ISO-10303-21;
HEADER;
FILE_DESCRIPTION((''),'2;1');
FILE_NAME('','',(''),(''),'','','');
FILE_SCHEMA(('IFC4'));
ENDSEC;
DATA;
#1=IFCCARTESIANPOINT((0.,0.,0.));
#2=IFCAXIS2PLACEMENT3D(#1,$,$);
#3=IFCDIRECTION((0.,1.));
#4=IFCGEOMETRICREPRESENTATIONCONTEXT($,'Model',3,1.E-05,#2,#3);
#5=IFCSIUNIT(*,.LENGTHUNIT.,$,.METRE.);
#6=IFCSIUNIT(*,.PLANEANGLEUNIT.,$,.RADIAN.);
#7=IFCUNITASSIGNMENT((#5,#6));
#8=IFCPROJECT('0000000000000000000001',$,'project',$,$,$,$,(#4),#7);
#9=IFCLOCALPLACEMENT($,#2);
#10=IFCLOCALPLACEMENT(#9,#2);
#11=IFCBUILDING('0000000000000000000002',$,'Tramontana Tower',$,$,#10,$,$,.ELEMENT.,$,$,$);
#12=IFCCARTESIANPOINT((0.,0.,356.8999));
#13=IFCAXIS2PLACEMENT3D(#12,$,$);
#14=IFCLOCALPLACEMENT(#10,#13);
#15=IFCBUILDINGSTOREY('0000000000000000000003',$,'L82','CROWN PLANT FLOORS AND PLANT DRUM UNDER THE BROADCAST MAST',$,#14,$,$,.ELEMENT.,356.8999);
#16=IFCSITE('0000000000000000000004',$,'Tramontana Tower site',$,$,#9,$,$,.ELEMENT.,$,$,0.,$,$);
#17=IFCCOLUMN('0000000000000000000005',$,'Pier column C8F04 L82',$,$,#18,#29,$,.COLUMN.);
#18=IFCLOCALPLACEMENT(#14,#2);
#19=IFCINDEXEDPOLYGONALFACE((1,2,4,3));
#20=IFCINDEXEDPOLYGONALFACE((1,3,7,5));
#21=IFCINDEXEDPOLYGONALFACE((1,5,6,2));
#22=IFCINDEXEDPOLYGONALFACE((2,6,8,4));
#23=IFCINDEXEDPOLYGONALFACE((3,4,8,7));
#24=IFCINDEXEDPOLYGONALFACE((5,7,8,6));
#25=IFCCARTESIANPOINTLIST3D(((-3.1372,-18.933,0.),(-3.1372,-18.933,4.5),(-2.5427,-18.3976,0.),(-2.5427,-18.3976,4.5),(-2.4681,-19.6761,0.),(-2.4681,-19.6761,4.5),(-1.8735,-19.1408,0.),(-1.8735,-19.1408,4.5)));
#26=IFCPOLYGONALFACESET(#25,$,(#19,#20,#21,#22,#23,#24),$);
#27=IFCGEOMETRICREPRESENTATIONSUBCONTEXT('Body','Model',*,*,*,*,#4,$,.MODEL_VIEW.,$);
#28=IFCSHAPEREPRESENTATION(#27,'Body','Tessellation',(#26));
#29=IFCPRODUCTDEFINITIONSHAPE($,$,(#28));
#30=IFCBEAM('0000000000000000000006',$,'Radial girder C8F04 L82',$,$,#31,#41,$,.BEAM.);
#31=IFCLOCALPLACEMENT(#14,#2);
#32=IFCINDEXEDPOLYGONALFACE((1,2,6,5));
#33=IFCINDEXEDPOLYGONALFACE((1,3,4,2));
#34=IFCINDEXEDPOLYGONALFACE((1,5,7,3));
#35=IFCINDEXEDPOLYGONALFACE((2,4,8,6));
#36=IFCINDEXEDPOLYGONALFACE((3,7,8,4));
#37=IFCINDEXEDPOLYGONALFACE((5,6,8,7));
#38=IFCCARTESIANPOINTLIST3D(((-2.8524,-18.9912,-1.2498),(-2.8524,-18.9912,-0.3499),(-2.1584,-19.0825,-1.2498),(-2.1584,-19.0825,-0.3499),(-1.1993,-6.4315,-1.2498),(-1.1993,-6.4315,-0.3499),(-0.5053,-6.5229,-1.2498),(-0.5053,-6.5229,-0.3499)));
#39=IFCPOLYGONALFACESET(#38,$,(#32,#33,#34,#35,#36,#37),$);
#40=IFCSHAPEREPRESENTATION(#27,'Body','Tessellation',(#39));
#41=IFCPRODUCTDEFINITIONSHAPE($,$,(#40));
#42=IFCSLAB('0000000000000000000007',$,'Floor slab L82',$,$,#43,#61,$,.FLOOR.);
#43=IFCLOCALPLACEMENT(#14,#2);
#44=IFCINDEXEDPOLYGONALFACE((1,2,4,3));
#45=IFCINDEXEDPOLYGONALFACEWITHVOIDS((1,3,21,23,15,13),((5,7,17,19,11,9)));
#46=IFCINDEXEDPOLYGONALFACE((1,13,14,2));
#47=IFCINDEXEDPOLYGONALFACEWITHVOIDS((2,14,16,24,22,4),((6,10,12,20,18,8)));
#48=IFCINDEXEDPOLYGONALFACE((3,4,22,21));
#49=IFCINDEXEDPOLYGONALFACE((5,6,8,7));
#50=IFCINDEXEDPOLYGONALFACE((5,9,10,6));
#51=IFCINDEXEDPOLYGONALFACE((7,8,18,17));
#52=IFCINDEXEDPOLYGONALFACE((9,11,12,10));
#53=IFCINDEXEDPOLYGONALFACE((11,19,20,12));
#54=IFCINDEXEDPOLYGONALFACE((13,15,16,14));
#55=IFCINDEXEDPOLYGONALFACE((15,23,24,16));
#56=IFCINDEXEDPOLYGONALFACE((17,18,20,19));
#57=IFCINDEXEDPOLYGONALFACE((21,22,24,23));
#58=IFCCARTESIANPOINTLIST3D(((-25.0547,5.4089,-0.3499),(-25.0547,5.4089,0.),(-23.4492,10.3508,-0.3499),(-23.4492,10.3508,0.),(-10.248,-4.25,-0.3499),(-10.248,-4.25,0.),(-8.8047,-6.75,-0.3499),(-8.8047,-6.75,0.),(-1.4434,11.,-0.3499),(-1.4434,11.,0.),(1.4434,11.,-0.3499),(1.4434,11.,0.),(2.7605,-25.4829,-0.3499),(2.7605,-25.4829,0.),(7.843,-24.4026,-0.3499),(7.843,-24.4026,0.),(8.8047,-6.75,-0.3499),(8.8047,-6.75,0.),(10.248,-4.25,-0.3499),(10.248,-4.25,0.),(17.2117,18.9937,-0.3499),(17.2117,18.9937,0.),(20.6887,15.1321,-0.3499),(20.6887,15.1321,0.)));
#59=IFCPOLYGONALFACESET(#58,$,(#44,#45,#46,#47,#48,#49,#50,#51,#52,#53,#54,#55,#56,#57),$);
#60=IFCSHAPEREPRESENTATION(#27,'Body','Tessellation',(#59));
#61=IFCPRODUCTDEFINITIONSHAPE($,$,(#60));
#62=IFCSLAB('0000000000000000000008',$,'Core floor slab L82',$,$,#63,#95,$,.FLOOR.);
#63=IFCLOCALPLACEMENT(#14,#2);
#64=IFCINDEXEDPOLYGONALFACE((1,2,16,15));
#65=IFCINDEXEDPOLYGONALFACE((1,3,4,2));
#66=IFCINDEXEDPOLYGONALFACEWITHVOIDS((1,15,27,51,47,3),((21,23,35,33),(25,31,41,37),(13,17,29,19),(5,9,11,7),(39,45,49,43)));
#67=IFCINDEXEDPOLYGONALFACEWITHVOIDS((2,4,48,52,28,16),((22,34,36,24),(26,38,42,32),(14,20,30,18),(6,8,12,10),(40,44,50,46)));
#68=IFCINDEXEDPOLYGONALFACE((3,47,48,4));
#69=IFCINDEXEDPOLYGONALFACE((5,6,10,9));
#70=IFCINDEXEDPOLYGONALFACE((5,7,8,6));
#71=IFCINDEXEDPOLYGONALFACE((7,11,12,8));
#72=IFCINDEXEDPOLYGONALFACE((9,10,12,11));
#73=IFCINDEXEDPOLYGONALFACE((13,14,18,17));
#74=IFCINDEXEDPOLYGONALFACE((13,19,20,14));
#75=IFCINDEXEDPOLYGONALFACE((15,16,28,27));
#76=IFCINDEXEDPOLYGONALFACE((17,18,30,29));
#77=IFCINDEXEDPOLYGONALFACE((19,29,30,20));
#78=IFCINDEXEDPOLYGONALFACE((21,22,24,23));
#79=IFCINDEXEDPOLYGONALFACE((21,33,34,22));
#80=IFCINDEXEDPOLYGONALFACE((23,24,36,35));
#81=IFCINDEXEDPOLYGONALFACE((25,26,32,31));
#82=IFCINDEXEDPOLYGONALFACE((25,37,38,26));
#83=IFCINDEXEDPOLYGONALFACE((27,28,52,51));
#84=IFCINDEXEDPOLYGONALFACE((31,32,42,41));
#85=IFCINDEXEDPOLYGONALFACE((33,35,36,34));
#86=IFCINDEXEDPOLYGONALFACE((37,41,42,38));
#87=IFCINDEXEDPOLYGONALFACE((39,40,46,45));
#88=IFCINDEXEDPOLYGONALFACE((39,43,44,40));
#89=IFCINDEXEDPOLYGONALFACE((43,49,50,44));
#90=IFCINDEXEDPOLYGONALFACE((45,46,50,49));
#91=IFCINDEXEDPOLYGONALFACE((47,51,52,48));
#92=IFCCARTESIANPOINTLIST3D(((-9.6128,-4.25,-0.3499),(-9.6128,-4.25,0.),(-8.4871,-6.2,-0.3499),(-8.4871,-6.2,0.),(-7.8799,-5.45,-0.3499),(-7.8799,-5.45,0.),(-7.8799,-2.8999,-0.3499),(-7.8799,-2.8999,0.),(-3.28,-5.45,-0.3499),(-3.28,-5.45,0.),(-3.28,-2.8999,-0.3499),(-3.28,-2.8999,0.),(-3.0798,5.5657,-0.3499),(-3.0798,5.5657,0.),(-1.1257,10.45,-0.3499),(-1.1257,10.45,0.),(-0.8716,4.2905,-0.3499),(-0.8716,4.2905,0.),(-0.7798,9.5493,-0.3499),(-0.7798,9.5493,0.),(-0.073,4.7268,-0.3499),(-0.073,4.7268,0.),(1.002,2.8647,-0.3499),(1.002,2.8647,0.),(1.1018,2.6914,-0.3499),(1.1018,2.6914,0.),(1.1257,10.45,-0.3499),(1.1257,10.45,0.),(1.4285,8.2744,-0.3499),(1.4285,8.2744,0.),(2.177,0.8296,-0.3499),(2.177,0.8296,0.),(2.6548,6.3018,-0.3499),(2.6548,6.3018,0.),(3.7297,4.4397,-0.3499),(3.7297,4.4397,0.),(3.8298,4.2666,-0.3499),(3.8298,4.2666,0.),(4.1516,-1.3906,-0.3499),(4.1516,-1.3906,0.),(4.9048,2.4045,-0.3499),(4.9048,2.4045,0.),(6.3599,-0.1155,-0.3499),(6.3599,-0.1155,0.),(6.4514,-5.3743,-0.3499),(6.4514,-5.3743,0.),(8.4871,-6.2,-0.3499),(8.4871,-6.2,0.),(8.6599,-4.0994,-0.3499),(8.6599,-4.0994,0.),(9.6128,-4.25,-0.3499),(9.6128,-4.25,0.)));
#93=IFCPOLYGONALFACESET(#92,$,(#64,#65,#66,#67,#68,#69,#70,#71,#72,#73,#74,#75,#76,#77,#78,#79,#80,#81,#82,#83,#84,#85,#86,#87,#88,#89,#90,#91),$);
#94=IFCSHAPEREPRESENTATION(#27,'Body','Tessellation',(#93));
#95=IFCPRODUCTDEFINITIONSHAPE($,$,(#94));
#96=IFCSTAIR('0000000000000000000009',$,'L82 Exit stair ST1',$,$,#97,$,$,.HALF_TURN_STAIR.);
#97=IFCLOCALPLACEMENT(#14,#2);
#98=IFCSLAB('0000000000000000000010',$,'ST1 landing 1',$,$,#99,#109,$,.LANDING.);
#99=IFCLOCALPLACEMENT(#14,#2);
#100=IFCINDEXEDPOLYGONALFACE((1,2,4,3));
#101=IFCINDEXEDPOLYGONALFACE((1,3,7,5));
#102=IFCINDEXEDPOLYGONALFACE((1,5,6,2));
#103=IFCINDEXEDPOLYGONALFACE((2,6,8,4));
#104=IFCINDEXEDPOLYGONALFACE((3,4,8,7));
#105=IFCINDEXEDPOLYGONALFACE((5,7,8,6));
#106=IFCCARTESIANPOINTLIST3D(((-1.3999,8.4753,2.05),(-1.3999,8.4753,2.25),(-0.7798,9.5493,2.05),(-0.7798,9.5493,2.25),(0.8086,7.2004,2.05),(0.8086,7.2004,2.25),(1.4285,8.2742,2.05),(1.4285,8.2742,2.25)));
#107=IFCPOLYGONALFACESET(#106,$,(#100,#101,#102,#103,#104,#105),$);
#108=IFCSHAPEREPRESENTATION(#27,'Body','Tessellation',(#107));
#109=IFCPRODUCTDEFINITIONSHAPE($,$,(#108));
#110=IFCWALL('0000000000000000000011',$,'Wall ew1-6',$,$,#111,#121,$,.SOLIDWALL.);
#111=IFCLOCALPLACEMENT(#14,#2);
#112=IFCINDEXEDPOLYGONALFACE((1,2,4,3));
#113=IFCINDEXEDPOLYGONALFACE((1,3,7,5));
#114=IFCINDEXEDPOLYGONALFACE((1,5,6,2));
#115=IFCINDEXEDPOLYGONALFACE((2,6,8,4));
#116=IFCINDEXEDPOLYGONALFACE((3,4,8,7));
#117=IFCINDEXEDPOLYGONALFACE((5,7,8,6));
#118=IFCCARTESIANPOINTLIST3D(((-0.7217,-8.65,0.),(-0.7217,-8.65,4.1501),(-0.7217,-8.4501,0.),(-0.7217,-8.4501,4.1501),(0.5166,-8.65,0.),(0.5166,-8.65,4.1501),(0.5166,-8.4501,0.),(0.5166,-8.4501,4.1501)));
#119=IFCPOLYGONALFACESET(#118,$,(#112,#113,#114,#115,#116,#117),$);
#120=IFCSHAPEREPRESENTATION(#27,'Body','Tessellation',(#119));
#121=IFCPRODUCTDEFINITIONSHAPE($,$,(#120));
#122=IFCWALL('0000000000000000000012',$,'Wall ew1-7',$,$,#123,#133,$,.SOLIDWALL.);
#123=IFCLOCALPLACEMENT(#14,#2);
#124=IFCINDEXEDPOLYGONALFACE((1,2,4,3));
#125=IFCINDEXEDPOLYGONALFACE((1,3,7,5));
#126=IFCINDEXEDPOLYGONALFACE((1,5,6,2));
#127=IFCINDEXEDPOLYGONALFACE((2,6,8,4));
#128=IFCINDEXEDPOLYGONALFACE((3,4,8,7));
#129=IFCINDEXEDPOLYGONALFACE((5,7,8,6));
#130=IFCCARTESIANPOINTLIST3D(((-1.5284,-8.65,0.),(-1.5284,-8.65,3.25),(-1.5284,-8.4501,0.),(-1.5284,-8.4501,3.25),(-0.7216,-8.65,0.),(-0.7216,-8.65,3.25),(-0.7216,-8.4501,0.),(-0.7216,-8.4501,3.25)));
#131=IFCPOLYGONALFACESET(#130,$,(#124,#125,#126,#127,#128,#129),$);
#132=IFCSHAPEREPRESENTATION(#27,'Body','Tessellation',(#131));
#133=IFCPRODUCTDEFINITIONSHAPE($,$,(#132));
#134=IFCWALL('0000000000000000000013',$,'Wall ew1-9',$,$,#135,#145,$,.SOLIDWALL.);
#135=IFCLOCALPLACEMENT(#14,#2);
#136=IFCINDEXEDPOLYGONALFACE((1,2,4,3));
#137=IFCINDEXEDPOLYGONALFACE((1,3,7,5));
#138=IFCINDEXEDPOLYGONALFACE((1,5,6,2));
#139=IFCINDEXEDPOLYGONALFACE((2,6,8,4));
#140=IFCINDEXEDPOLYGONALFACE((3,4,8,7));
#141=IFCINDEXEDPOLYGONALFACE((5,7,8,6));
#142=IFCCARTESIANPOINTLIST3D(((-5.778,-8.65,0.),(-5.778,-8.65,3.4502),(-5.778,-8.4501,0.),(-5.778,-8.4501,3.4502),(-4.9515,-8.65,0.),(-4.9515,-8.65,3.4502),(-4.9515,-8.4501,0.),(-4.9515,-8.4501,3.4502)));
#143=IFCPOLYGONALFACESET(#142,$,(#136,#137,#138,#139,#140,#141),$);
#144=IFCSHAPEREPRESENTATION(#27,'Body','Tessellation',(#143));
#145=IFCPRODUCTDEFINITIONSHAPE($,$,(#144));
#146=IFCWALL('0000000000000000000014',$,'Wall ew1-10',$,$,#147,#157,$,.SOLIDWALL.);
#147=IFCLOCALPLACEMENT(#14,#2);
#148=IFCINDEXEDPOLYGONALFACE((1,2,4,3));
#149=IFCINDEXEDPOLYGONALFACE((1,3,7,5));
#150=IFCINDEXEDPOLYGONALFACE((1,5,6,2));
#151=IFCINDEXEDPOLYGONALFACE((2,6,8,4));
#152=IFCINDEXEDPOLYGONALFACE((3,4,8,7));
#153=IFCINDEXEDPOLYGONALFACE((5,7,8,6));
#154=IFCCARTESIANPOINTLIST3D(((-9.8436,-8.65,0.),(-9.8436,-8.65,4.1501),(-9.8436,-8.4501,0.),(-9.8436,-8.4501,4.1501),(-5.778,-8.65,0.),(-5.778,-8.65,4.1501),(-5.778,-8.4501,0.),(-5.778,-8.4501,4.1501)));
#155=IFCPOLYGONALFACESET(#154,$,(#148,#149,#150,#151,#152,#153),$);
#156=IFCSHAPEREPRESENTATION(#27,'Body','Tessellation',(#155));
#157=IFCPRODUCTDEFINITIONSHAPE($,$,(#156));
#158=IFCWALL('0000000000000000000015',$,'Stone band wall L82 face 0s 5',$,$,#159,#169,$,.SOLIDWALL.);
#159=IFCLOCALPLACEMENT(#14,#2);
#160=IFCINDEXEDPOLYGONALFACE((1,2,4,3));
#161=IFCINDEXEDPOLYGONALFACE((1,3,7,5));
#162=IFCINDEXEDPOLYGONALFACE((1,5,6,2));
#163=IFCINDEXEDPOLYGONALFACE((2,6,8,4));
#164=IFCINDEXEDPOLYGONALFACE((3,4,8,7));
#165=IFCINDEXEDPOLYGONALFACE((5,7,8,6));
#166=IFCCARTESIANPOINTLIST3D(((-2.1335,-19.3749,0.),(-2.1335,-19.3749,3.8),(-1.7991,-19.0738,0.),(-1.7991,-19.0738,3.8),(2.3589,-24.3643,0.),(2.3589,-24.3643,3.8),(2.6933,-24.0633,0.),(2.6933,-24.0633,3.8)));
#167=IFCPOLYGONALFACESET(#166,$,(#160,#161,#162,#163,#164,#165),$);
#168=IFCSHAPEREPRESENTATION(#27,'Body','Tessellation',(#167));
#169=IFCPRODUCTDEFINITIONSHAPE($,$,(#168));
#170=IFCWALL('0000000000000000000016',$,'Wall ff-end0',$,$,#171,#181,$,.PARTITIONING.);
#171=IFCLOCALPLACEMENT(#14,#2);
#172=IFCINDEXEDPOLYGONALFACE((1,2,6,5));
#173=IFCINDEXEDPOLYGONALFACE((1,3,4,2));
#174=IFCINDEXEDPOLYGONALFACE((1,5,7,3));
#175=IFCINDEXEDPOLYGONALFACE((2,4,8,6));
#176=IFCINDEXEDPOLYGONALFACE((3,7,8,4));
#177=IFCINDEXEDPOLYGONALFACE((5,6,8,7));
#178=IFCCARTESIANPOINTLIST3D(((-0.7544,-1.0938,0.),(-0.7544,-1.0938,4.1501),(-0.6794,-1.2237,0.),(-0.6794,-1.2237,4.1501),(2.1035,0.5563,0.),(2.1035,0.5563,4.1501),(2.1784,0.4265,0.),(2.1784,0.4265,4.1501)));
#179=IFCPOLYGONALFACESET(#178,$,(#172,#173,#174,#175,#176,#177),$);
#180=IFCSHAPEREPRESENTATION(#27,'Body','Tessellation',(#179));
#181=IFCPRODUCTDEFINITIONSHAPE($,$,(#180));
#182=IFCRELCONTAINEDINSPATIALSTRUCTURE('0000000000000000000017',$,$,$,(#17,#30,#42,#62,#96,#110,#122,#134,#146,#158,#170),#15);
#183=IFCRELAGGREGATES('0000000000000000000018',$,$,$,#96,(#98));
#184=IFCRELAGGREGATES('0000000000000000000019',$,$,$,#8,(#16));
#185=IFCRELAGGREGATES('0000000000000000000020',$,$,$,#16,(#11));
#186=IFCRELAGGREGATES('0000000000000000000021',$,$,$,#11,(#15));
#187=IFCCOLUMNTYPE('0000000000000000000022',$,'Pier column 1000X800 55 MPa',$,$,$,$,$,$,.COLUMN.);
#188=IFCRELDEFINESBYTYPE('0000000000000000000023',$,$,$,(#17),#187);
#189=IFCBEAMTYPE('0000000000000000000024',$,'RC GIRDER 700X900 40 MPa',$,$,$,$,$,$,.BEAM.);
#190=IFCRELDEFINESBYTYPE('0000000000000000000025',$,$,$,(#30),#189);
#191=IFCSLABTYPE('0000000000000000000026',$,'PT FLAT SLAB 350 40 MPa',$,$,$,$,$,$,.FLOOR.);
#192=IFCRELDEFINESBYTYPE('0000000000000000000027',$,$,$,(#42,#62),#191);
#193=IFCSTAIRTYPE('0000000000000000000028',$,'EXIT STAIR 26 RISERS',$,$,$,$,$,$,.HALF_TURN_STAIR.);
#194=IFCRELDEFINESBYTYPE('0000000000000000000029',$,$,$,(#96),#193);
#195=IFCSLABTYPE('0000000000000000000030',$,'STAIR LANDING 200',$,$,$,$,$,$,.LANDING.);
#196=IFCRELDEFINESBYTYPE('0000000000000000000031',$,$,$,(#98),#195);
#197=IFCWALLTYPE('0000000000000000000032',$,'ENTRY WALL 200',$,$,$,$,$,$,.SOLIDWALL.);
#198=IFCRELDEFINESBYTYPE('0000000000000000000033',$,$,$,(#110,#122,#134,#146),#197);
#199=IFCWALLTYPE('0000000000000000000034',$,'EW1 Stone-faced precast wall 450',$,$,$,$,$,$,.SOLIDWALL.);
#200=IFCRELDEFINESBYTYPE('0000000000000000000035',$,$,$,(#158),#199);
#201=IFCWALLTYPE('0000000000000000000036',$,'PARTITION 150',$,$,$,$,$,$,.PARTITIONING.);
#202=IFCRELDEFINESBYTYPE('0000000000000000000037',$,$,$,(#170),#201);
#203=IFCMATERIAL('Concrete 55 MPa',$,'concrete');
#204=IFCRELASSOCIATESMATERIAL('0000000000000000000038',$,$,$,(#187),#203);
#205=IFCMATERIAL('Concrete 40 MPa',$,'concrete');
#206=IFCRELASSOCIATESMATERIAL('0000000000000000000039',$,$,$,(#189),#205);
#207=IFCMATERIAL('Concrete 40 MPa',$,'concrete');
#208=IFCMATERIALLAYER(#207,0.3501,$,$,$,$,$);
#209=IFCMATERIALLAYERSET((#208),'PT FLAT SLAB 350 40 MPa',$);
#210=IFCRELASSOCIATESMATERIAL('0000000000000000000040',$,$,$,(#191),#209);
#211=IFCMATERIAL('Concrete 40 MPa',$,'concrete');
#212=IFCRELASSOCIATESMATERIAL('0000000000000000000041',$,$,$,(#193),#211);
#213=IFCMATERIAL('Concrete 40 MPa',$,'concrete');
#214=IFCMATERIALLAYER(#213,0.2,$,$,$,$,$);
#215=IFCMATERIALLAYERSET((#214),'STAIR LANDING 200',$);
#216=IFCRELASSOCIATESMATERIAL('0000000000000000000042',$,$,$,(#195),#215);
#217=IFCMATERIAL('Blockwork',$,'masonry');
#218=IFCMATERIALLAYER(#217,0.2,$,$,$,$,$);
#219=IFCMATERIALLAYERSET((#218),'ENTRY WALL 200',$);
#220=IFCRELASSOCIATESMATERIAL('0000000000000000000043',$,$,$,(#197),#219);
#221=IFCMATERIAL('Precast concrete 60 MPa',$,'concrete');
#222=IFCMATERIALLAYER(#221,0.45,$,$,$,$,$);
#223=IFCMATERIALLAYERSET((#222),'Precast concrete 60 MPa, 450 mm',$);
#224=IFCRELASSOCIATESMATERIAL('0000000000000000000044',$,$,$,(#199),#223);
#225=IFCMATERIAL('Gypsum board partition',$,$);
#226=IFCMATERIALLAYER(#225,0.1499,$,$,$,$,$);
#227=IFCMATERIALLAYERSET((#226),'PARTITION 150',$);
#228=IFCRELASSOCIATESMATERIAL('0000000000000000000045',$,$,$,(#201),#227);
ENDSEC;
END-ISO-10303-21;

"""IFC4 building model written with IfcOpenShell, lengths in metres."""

from ifc_helpers import new_model, si_unit, direction, frame, frame_2d, origin, origin_2d, place, context, subcontext, project, spatial, polyline, rectangle, outline, extrude, material, layer, layer_set, material_profile, profile_set, type_object, element, aggregate, save


model = new_model("IFC4")

# Units and contexts
model_context = context("Model", 3, precision=1e-05, world=origin(), true_north=direction((0.0, 1.0)))
body_context = subcontext(model_context, "Body", "Model", "MODEL_VIEW")
ifc_project = project(units=[si_unit("LENGTHUNIT", "METRE"), si_unit("PLANEANGLEUNIT", "RADIAN")], contexts=[model_context])

# Site, building, storey
site_placement = place(None, origin())
site = spatial("IfcSite", under=ifc_project, at=site_placement, Name="Tramontana Tower site", CompositionType="ELEMENT", RefElevation=0.0)
building_placement = place(site_placement, origin())
building = spatial("IfcBuilding", under=site, at=building_placement, Name="Tramontana Tower", CompositionType="ELEMENT")
storey_placement = place(building_placement, frame((0.0, 0.0, 356.8999)))
storey = spatial("IfcBuildingStorey", under=building, at=storey_placement, Name="L82", Description="CROWN PLANT FLOORS AND PLANT DRUM UNDER THE BROADCAST MAST", CompositionType="ELEMENT", Elevation=356.8999)

# Column
ifc_material_1 = material(Name="Concrete 55 MPa", Category="concrete")
ifc_material_profile_1 = material_profile(ifc_material_1, rectangle(XDim=1.0, YDim=0.8, at=origin_2d()), Name="Pier column 1000X800 55 MPa")
ifc_profile_set_1 = profile_set([ifc_material_profile_1], Name="Concrete 55 MPa")
column_type = type_object("IfcColumnType", Name="Pier column 1000X800 55 MPa", PredefinedType="COLUMN", material=ifc_profile_set_1)
column_placement = place(storey_placement, frame((-2.5054, -19.0369, 0.0), z_axis=(0.0, 0.0, 1.0), x_axis=(0.669131, -0.743145, 0.0)))
element("IfcColumn", 1, at=column_placement, inside=storey, type_object=column_type, Name="Pier column C8F04 L82", PredefinedType="COLUMN", context=body_context, shape_type="SweptSolid", body=[
    extrude(rectangle(XDim=1.0, YDim=0.8, at=origin_2d()), origin(), (0.0, 0.0, 1.0), 4.5),
])

# Beam
ifc_material_2 = material(Name="Concrete 40 MPa", Category="concrete")
ifc_material_profile_2 = material_profile(ifc_material_2, rectangle(XDim=0.7, YDim=0.8999, at=origin_2d()), Name="RC GIRDER 700X900 40 MPa")
ifc_profile_set_2 = profile_set([ifc_material_profile_2], Name="Concrete 40 MPa")
beam_type = type_object("IfcBeamType", Name="RC GIRDER 700X900 40 MPa", PredefinedType="BEAM", material=ifc_profile_set_2)
beam_placement = place(storey_placement, frame((-2.5054, -19.0369, -0.7998), z_axis=(0.130493, 0.991449, 0.0), x_axis=(-0.991449, 0.130493, 0.0)))
element("IfcBeam", 2, at=beam_placement, inside=storey, type_object=beam_type, Name="Radial girder C8F04 L82", PredefinedType="BEAM", context=body_context, shape_type="SweptSolid", body=[
    extrude(rectangle(XDim=0.7, YDim=0.8999, at=origin_2d()), origin(), (0.0, 0.0, 1.0), 12.668),
])

# Slabs
ifc_material_3 = material(Name="Concrete 40 MPa", Category="concrete")
ifc_layer_1 = layer(ifc_material_3, 0.3501)
ifc_layer_set_1 = layer_set([ifc_layer_1], Name="PT FLAT SLAB 350 40 MPa")
slab_type_1 = type_object("IfcSlabType", Name="PT FLAT SLAB 350 40 MPa", PredefinedType="FLOOR", material=ifc_layer_set_1)
slab_1_placement = place(storey_placement, frame((0.0, 0.0, -0.3499)))
element("IfcSlab", 3, at=slab_1_placement, inside=storey, type_object=slab_type_1, Name="Floor slab L82", PredefinedType="FLOOR", context=body_context, shape_type="SweptSolid", body=[
    extrude(outline(polyline([(20.6887, 15.1321), (7.843, -24.4026), (2.7605, -25.4829), (-25.0547, 5.4089), (-23.4492, 10.3508), (17.2117, 18.9937), (20.6887, 15.1321)]), holes=[polyline([(-10.248, -4.25), (-8.8047, -6.75), (8.8047, -6.75), (10.248, -4.25), (1.4434, 11.0), (-1.4434, 11.0), (-10.248, -4.25)])]), origin(), (0.0, 0.0, 1.0), 0.3499),
])
slab_2_placement = place(storey_placement, frame((0.0, 0.0, -0.3499)))
element("IfcSlab", 4, at=slab_2_placement, inside=storey, type_object=slab_type_1, Name="Core floor slab L82", PredefinedType="FLOOR", context=body_context, shape_type="SweptSolid", body=[
    extrude(outline(polyline([(9.6128, -4.25), (8.4871, -6.2), (-8.4871, -6.2), (-9.6128, -4.25), (-1.1257, 10.45), (1.1257, 10.45), (9.6128, -4.25)]), holes=[polyline([(6.3599, -0.1155), (4.1516, -1.3906), (6.4514, -5.3743), (8.6599, -4.0994), (6.3599, -0.1155)]), polyline([(1.1018, 2.6914), (2.177, 0.8296), (4.9048, 2.4045), (3.8298, 4.2666), (1.1018, 2.6914)]), polyline([(2.6548, 6.3018), (-0.073, 4.7268), (1.002, 2.8647), (3.7297, 4.4397), (2.6548, 6.3018)]), polyline([(-0.7798, 9.5493), (-3.0798, 5.5657), (-0.8716, 4.2905), (1.4285, 8.2744), (-0.7798, 9.5493)]), polyline([(-3.28, -5.45), (-3.28, -2.8999), (-7.8799, -2.8999), (-7.8799, -5.45), (-3.28, -5.45)])]), origin(), (0.0, 0.0, 1.0), 0.3499),
])

# Stair, slab
ifc_material_4 = material(Name="Concrete 40 MPa", Category="concrete")
stair_type = type_object("IfcStairType", Name="EXIT STAIR 26 RISERS", PredefinedType="HALF_TURN_STAIR", material=ifc_material_4)
stair_1_placement = place(storey_placement, origin())
stair_1 = element("IfcStair", 5, at=stair_1_placement, inside=storey, type_object=stair_type, Name="L82 Exit stair ST1", PredefinedType="HALF_TURN_STAIR")
ifc_material_5 = material(Name="Concrete 40 MPa", Category="concrete")
ifc_layer_2 = layer(ifc_material_5, 0.2)
ifc_layer_set_2 = layer_set([ifc_layer_2], Name="STAIR LANDING 200")
slab_type_2 = type_object("IfcSlabType", Name="STAIR LANDING 200", PredefinedType="LANDING", material=ifc_layer_set_2)
slab_3_placement = place(storey_placement, frame((0.0, 0.0, 2.05)))
slab_3 = element("IfcSlab", 6, at=slab_3_placement, type_object=slab_type_2, Name="ST1 landing 1", PredefinedType="LANDING", context=body_context, shape_type="SweptSolid", body=[
    extrude(outline(polyline([(0.8086, 7.2004), (1.4285, 8.2742), (-0.7798, 9.5493), (-1.3999, 8.4753), (0.8086, 7.2004)])), origin(), (0.0, 0.0, 1.0), 0.2),
])
aggregate(stair_1, [slab_3])

# Walls
ifc_material_6 = material(Name="Blockwork", Category="masonry")
ifc_layer_3 = layer(ifc_material_6, 0.2)
ifc_layer_set_3 = layer_set([ifc_layer_3], Name="ENTRY WALL 200")
wall_type_1 = type_object("IfcWallType", Name="ENTRY WALL 200", PredefinedType="SOLIDWALL", material=ifc_layer_set_3)
wall_1_placement = place(storey_placement, frame((0.5166, -8.55, 0.0), z_axis=(0.0, 0.0, 1.0), x_axis=(-1.0, 0.0, 0.0)))
element("IfcWall", 7, at=wall_1_placement, inside=storey, type_object=wall_type_1, Name="Wall ew1-6", PredefinedType="SOLIDWALL", context=body_context, shape_type="SweptSolid", body=[
    extrude(rectangle(XDim=1.2383, YDim=0.2, at=frame_2d((0.6191, 0.0))), origin(), (0.0, 0.0, 1.0), 4.1501),
])
wall_2_placement = place(storey_placement, frame((-0.7217, -8.55, 0.0), z_axis=(0.0, 0.0, 1.0), x_axis=(-1.0, 0.0, 0.0)))
element("IfcWall", 8, at=wall_2_placement, inside=storey, type_object=wall_type_1, Name="Wall ew1-7", PredefinedType="SOLIDWALL", context=body_context, shape_type="SweptSolid", body=[
    extrude(rectangle(XDim=0.8069, YDim=0.2, at=frame_2d((0.4033, 0.0))), origin(), (0.0, 0.0, 1.0), 3.25),
])

# Walls
wall_3_placement = place(storey_placement, frame((-4.9517, -8.55, 0.0), z_axis=(0.0, 0.0, 1.0), x_axis=(-1.0, 0.0, 0.0)))
element("IfcWall", 9, at=wall_3_placement, inside=storey, type_object=wall_type_1, Name="Wall ew1-9", PredefinedType="SOLIDWALL", context=body_context, shape_type="SweptSolid", body=[
    extrude(rectangle(XDim=0.8264, YDim=0.2, at=frame_2d((0.4131, 0.0))), origin(), (0.0, 0.0, 1.0), 3.4502),
])
wall_4_placement = place(storey_placement, frame((-5.7781, -8.55, 0.0), z_axis=(0.0, 0.0, 1.0), x_axis=(-1.0, 0.0, 0.0)))
element("IfcWall", 10, at=wall_4_placement, inside=storey, type_object=wall_type_1, Name="Wall ew1-10", PredefinedType="SOLIDWALL", context=body_context, shape_type="SweptSolid", body=[
    extrude(rectangle(XDim=4.0657, YDim=0.2, at=frame_2d((2.0327, 0.0))), origin(), (0.0, 0.0, 1.0), 4.1501),
])
ifc_material_7 = material(Name="Precast concrete 60 MPa", Category="concrete")
ifc_layer_4 = layer(ifc_material_7, 0.45)
ifc_layer_set_4 = layer_set([ifc_layer_4], Name="Precast concrete 60 MPa, 450 mm")
wall_type_2 = type_object("IfcWallType", Name="EW1 Stone-faced precast wall 450", PredefinedType="SOLIDWALL", material=ifc_layer_set_4)
wall_5_placement = place(storey_placement, frame((-1.9663, -19.2244, 0.0), z_axis=(0.0, 0.0, 1.0), x_axis=(0.669119, -0.743155, 0.0)))
element("IfcWall", 11, at=wall_5_placement, inside=storey, type_object=wall_type_2, Name="Stone band wall L82 face 0s 5", PredefinedType="SOLIDWALL", context=body_context, shape_type="SweptSolid", body=[
    extrude(rectangle(XDim=6.7139, YDim=0.45, at=frame_2d((3.3569, 0.0))), origin(), (0.0, 0.0, 1.0), 3.8),
])

# Shared definitions
ifc_material_8 = material(Name="Gypsum board partition")
ifc_layer_5 = layer(ifc_material_8, 0.1499)
ifc_layer_set_5 = layer_set([ifc_layer_5], Name="PARTITION 150")
wall_type_3 = type_object("IfcWallType", Name="PARTITION 150", PredefinedType="PARTITIONING", material=ifc_layer_set_5)

# Wall
wall_6_placement = place(storey_placement, frame((-0.7168, -1.1587, 0.0), z_axis=(0.0, 0.0, 1.0), x_axis=(0.866008, 0.50003, 0.0)))
element("IfcWall", 12, at=wall_6_placement, inside=storey, type_object=wall_type_3, Name="Wall ff-end0", PredefinedType="PARTITIONING", context=body_context, shape_type="SweptSolid", body=[
    extrude(rectangle(XDim=3.3, YDim=0.1499, at=frame_2d((1.6499, 0.0))), origin(), (0.0, 0.0, 1.0), 4.1501),
])

save(model, "model.ifc")
